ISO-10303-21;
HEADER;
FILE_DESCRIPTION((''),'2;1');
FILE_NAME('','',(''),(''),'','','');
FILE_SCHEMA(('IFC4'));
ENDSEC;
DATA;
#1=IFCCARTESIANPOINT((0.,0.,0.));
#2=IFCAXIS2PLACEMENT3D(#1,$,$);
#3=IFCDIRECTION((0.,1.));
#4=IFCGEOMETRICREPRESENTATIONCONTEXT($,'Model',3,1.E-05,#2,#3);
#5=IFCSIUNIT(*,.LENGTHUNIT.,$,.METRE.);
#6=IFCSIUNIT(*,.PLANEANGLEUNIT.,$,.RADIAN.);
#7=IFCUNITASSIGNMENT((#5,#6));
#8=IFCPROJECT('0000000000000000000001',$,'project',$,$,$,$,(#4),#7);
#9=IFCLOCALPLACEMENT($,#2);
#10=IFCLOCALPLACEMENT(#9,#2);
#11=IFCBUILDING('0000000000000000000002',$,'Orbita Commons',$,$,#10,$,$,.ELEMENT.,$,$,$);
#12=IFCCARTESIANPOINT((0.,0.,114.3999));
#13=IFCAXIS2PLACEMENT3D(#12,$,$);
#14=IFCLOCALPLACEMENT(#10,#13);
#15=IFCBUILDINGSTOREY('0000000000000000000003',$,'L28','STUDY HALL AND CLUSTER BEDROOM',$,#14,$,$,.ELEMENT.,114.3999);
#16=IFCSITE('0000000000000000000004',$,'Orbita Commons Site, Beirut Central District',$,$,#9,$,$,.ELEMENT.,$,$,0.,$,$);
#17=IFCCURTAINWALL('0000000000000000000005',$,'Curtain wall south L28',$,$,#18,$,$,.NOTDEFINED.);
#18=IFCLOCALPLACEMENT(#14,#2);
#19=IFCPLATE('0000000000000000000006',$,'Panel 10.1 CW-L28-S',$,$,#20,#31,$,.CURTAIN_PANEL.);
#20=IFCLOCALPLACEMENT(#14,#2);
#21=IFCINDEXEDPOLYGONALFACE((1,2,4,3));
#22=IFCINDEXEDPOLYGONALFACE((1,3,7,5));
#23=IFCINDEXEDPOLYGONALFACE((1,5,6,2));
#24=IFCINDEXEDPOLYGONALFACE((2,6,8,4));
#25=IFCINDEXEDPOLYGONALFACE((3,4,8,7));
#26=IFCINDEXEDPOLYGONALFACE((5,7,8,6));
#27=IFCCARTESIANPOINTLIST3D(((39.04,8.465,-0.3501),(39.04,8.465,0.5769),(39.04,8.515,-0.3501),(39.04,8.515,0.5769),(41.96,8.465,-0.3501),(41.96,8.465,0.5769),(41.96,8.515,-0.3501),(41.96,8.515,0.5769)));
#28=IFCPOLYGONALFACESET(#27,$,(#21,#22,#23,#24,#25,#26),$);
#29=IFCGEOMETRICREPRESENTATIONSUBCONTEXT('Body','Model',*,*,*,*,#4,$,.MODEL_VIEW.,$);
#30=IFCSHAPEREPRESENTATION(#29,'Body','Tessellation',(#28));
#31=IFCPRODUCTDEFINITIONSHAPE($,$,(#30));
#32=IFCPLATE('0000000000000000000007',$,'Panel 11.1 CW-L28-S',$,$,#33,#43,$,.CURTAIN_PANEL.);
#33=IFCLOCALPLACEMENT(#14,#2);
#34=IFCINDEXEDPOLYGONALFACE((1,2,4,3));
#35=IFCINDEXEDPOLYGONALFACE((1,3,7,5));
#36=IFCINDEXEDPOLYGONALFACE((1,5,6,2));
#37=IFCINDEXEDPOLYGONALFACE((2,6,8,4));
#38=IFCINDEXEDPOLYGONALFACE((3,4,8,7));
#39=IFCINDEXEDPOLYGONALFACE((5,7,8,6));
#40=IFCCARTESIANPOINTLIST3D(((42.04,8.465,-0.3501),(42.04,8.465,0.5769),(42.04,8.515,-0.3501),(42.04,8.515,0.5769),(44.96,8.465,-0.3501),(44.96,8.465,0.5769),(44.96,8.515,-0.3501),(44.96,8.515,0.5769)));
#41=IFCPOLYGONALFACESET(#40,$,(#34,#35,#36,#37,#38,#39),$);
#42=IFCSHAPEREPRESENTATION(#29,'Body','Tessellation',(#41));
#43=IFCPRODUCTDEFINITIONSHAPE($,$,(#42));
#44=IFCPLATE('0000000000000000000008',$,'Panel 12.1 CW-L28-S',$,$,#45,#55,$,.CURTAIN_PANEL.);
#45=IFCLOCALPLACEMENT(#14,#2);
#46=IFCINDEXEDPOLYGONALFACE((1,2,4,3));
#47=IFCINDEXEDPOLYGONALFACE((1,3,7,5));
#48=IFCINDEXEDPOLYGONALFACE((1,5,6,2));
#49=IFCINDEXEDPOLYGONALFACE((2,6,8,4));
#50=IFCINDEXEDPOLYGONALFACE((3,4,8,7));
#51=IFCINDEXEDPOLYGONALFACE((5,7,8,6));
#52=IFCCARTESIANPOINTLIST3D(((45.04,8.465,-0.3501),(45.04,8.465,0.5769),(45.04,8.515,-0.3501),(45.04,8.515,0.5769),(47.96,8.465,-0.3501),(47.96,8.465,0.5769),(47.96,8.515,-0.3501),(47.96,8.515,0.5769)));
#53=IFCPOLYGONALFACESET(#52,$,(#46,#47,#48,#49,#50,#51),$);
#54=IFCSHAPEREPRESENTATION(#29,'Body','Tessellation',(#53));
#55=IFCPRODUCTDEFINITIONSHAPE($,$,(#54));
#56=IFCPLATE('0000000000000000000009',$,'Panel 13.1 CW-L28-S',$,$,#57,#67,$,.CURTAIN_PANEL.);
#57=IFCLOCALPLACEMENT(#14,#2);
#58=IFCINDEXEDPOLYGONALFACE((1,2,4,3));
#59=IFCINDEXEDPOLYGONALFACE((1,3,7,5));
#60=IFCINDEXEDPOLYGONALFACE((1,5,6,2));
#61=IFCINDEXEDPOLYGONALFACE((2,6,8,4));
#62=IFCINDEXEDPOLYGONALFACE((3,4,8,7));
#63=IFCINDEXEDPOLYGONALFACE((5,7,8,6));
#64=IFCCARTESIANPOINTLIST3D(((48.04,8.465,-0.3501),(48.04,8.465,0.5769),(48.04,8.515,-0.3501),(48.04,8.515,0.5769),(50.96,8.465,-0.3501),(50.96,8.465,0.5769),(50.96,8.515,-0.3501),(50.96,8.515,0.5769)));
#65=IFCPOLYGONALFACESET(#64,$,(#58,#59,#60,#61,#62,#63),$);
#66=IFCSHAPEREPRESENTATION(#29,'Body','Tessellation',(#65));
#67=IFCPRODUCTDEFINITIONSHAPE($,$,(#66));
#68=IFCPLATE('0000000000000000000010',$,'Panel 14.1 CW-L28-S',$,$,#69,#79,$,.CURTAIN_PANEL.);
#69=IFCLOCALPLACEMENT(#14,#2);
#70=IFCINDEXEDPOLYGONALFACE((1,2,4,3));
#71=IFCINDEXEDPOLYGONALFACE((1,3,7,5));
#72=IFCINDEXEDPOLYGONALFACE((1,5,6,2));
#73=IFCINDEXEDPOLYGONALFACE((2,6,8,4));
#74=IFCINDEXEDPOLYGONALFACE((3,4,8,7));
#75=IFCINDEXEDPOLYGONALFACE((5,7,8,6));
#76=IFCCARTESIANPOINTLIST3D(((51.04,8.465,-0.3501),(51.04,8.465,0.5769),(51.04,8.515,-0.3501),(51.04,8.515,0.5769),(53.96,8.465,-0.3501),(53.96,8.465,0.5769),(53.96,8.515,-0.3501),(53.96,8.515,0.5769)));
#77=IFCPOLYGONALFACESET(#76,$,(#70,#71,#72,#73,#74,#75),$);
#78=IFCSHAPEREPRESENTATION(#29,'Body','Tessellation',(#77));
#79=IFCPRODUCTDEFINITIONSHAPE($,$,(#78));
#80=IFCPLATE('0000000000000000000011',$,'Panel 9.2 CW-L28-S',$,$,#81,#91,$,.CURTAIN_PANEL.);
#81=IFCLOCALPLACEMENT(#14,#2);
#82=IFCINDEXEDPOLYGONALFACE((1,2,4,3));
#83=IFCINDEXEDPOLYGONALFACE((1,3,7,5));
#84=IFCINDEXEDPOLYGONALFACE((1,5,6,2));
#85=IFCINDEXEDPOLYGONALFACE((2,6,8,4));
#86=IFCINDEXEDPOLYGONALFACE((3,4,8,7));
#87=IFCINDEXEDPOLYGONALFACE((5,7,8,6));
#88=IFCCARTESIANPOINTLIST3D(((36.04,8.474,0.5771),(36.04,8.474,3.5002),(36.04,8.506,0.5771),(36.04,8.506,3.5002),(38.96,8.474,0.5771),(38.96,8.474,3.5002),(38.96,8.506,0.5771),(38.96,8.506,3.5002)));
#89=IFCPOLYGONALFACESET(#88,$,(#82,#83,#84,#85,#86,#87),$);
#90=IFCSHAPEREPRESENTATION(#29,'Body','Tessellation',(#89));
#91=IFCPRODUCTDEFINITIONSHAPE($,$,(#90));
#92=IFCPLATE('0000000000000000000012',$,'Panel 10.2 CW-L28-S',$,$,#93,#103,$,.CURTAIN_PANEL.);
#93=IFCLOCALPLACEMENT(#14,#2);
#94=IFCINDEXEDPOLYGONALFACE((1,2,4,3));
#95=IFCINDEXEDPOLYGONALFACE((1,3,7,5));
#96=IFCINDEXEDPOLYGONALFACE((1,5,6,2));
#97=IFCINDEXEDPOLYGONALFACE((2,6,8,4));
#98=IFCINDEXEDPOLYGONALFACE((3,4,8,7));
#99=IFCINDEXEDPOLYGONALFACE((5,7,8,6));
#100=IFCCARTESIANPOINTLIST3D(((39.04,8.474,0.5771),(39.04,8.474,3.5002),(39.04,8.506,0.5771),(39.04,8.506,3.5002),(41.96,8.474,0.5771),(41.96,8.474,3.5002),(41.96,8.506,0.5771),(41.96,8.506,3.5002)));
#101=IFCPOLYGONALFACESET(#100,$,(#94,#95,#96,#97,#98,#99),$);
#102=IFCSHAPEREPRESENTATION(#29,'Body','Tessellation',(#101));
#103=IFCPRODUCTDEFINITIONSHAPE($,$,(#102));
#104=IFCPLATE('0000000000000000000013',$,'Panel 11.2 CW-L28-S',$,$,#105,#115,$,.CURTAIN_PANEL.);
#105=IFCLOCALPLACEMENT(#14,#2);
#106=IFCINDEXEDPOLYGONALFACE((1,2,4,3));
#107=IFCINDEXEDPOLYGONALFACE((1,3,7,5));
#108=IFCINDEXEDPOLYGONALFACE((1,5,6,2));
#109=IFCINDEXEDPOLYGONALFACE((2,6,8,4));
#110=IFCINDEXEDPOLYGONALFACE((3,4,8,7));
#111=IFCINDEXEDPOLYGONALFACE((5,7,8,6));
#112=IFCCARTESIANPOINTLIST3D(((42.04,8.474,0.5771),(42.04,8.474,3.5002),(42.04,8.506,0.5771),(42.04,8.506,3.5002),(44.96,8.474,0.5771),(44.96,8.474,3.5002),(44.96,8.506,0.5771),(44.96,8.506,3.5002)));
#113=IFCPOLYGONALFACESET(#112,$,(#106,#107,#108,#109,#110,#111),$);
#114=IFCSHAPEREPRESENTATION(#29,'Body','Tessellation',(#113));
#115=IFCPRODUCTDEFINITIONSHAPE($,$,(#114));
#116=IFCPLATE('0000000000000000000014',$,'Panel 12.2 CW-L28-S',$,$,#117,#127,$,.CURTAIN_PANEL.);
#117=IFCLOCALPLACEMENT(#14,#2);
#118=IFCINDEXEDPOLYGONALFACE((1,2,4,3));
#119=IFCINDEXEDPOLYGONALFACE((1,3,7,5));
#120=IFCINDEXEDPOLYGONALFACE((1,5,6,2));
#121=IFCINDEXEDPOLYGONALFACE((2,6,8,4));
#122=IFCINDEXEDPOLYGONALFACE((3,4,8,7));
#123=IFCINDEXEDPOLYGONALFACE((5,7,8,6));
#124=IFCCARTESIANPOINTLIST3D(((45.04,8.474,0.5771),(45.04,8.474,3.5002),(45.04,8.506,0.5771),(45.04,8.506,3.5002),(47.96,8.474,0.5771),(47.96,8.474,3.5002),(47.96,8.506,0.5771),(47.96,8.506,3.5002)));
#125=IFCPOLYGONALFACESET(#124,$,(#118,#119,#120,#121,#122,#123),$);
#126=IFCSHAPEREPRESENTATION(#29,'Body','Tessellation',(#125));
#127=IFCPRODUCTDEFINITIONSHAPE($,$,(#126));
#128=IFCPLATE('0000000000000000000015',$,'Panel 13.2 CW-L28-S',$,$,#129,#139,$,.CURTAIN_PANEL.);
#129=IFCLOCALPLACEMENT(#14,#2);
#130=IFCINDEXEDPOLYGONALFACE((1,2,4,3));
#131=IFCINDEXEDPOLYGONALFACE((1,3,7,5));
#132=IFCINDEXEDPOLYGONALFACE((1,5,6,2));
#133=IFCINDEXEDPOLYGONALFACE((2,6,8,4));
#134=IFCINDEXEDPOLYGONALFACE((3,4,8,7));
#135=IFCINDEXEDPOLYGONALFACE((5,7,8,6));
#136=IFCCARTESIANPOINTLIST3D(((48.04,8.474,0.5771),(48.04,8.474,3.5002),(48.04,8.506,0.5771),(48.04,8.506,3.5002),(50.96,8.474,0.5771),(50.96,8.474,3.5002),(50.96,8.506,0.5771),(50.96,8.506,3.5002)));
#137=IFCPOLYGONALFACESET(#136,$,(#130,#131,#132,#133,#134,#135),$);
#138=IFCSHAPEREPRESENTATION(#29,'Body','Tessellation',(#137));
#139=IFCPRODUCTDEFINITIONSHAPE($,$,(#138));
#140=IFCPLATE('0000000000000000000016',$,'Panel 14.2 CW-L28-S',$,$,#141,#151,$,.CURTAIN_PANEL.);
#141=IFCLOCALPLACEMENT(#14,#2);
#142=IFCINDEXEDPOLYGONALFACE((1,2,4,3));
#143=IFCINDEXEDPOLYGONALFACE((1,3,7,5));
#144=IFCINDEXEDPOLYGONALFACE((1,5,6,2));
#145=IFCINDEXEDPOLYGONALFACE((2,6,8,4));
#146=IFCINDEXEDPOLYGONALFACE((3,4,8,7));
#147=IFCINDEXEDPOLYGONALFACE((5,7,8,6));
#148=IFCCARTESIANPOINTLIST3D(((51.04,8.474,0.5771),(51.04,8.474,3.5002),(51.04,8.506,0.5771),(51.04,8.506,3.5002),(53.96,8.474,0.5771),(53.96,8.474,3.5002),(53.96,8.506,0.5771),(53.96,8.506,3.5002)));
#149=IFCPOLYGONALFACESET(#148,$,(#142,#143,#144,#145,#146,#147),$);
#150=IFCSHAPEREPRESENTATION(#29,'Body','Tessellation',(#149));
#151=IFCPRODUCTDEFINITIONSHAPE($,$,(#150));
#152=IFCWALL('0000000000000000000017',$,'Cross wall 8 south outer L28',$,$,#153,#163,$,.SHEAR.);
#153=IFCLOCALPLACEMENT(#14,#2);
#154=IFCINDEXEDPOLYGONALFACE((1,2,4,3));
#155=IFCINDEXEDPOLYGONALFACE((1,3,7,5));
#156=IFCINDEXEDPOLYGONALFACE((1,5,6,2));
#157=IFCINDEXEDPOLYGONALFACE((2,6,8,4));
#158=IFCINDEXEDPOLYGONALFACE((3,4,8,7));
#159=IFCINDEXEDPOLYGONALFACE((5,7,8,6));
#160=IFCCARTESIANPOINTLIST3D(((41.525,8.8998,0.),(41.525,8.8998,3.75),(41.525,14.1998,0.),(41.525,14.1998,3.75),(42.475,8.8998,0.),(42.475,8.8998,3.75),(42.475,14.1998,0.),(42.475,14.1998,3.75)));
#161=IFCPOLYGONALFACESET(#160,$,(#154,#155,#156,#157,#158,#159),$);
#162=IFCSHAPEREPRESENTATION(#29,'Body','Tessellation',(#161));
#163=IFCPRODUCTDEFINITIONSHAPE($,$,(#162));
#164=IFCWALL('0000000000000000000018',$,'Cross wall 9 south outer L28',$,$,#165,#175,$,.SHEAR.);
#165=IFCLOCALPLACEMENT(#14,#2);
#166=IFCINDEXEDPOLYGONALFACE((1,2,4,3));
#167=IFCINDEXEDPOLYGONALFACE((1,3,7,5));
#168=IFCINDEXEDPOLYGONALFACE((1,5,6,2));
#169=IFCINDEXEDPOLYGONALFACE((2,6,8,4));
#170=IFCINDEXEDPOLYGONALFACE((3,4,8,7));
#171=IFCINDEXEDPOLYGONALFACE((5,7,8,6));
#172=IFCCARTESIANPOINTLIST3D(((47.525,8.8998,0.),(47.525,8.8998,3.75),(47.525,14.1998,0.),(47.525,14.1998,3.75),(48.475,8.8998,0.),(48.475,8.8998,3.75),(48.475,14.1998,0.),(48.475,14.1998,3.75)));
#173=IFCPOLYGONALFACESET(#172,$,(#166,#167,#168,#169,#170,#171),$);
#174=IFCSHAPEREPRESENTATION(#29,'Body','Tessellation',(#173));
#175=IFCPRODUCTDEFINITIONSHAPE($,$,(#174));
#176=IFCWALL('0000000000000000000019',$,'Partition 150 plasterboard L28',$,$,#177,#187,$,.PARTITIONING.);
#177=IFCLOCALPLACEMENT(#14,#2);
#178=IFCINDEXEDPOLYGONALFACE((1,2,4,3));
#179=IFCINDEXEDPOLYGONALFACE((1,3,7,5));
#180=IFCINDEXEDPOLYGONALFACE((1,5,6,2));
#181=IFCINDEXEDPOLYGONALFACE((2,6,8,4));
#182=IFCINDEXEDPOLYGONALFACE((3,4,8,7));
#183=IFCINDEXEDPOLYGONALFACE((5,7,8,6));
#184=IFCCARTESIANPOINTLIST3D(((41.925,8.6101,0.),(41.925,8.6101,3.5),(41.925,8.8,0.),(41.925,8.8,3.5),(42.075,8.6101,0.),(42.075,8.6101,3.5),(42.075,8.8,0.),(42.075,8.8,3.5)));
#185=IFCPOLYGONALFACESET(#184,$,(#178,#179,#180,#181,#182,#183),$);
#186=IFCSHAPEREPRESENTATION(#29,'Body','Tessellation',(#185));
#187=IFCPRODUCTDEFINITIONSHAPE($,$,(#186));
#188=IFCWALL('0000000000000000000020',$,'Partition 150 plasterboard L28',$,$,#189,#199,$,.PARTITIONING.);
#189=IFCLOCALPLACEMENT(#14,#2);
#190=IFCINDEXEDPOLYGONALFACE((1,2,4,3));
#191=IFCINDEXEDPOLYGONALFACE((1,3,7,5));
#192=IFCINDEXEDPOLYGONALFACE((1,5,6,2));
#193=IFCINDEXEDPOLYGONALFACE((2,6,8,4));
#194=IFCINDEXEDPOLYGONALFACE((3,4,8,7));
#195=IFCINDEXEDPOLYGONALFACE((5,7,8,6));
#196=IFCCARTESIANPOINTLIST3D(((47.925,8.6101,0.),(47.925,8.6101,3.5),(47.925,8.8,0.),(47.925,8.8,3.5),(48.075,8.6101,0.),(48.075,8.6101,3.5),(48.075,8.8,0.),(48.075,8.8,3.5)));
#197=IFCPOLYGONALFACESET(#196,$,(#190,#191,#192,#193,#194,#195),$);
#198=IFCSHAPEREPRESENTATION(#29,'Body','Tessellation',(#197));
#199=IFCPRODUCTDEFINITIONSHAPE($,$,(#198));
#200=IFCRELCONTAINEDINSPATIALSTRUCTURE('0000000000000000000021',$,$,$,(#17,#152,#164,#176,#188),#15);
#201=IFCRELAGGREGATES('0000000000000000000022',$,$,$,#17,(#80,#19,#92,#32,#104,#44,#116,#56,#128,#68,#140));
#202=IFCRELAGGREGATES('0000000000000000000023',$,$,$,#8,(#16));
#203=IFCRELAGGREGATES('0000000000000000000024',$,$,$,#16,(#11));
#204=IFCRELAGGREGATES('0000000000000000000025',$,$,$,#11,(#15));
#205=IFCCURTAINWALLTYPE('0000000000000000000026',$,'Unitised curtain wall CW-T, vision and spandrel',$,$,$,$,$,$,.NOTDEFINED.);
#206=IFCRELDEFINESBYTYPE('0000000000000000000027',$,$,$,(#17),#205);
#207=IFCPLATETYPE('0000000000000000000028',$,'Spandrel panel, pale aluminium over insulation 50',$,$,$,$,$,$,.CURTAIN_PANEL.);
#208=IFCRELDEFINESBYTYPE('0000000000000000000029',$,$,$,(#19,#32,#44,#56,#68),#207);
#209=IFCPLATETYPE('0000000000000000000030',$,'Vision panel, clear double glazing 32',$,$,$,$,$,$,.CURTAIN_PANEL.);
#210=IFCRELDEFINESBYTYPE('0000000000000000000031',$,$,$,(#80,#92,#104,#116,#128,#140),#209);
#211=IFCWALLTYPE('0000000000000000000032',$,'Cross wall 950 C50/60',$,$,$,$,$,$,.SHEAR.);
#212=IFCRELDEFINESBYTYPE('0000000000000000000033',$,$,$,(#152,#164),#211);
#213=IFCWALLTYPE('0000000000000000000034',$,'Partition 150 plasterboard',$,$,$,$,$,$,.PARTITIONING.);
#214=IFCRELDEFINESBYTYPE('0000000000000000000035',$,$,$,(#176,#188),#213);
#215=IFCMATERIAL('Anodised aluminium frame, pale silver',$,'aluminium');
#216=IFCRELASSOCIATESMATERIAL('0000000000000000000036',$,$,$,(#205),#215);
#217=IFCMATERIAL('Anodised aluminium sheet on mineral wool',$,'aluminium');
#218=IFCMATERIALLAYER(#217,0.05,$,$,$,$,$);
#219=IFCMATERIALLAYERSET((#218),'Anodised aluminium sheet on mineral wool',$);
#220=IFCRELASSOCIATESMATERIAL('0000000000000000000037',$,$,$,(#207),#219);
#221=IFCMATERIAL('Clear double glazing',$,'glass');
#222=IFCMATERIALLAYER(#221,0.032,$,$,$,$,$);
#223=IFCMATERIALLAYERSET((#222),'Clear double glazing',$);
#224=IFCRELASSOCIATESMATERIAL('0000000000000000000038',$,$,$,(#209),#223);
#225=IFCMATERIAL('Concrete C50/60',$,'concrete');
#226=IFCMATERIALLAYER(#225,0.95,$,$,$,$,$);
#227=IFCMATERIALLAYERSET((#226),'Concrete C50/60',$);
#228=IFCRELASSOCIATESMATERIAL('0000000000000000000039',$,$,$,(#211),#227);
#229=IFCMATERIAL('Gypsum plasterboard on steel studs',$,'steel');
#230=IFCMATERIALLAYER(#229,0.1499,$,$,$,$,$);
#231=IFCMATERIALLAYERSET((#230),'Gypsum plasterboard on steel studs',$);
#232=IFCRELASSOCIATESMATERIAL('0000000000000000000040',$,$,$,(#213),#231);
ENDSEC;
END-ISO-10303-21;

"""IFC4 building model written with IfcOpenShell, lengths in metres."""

from ifc_helpers import new_model, si_unit, direction, frame, frame_2d, origin, origin_2d, place, context, subcontext, project, spatial, rectangle, extrude, material, layer, layer_set, type_object, element, aggregate, save


model = new_model("IFC4")

# Units and contexts
model_context = context("Model", 3, precision=1e-05, world=origin(), true_north=direction((0.0, 1.0)))
body_context = subcontext(model_context, "Body", "Model", "MODEL_VIEW")
ifc_project = project(units=[si_unit("LENGTHUNIT", "METRE"), si_unit("PLANEANGLEUNIT", "RADIAN")], contexts=[model_context])

# Site, building, storey
site_placement = place(None, origin())
site = spatial("IfcSite", under=ifc_project, at=site_placement, Name="Orbita Commons Site, Beirut Central District", CompositionType="ELEMENT", RefElevation=0.0)
building_placement = place(site_placement, origin())
building = spatial("IfcBuilding", under=site, at=building_placement, Name="Orbita Commons", CompositionType="ELEMENT")
storey_placement = place(building_placement, frame((0.0, 0.0, 114.3999)))
storey = spatial("IfcBuildingStorey", under=building, at=storey_placement, Name="L28", Description="STUDY HALL AND CLUSTER BEDROOM", CompositionType="ELEMENT", Elevation=114.3999)

# Curtain wall, plates
ifc_material_1 = material(Name="Anodised aluminium frame, pale silver", Category="aluminium")
curtain_wall_type = type_object("IfcCurtainWallType", Name="Unitised curtain wall CW-T, vision and spandrel", PredefinedType="NOTDEFINED", material=ifc_material_1)
curtain_wall_placement = place(storey_placement, origin())
curtain_wall = element("IfcCurtainWall", 1, at=curtain_wall_placement, inside=storey, type_object=curtain_wall_type, Name="Curtain wall south L28", PredefinedType="NOTDEFINED")
ifc_material_2 = material(Name="Anodised aluminium sheet on mineral wool", Category="aluminium")
ifc_layer_1 = layer(ifc_material_2, 0.05)
ifc_layer_set_1 = layer_set([ifc_layer_1], Name="Anodised aluminium sheet on mineral wool")
plate_type_1 = type_object("IfcPlateType", Name="Spandrel panel, pale aluminium over insulation 50", PredefinedType="CURTAIN_PANEL", material=ifc_layer_set_1)
plate_1_placement = place(storey_placement, frame((40.5, 8.49, -0.3501), z_axis=(0.0, 0.0, 1.0), x_axis=(1.0, 0.0, 0.0)))
plate_1 = element("IfcPlate", 2, at=plate_1_placement, type_object=plate_type_1, Name="Panel 10.1 CW-L28-S", PredefinedType="CURTAIN_PANEL", context=body_context, shape_type="SweptSolid", body=[
    extrude(rectangle(XDim=2.9199, YDim=0.05, at=origin_2d()), origin(), (0.0, 0.0, 1.0), 0.927),
])
plate_2_placement = place(storey_placement, frame((43.5, 8.49, -0.3501), z_axis=(0.0, 0.0, 1.0), x_axis=(1.0, 0.0, 0.0)))
plate_2 = element("IfcPlate", 3, at=plate_2_placement, type_object=plate_type_1, Name="Panel 11.1 CW-L28-S", PredefinedType="CURTAIN_PANEL", context=body_context, shape_type="SweptSolid", body=[
    extrude(rectangle(XDim=2.9199, YDim=0.05, at=origin_2d()), origin(), (0.0, 0.0, 1.0), 0.927),
])
plate_3_placement = place(storey_placement, frame((46.5, 8.49, -0.3501), z_axis=(0.0, 0.0, 1.0), x_axis=(1.0, 0.0, 0.0)))
plate_3 = element("IfcPlate", 4, at=plate_3_placement, type_object=plate_type_1, Name="Panel 12.1 CW-L28-S", PredefinedType="CURTAIN_PANEL", context=body_context, shape_type="SweptSolid", body=[
    extrude(rectangle(XDim=2.9199, YDim=0.05, at=origin_2d()), origin(), (0.0, 0.0, 1.0), 0.927),
])
plate_4_placement = place(storey_placement, frame((49.5, 8.49, -0.3501), z_axis=(0.0, 0.0, 1.0), x_axis=(1.0, 0.0, 0.0)))
plate_4 = element("IfcPlate", 5, at=plate_4_placement, type_object=plate_type_1, Name="Panel 13.1 CW-L28-S", PredefinedType="CURTAIN_PANEL", context=body_context, shape_type="SweptSolid", body=[
    extrude(rectangle(XDim=2.9199, YDim=0.05, at=origin_2d()), origin(), (0.0, 0.0, 1.0), 0.927),
])
plate_5_placement = place(storey_placement, frame((52.5, 8.49, -0.3501), z_axis=(0.0, 0.0, 1.0), x_axis=(1.0, 0.0, 0.0)))
plate_5 = element("IfcPlate", 6, at=plate_5_placement, type_object=plate_type_1, Name="Panel 14.1 CW-L28-S", PredefinedType="CURTAIN_PANEL", context=body_context, shape_type="SweptSolid", body=[
    extrude(rectangle(XDim=2.9199, YDim=0.05, at=origin_2d()), origin(), (0.0, 0.0, 1.0), 0.927),
])
ifc_material_3 = material(Name="Clear double glazing", Category="glass")
ifc_layer_2 = layer(ifc_material_3, 0.032)
ifc_layer_set_2 = layer_set([ifc_layer_2], Name="Clear double glazing")
plate_type_2 = type_object("IfcPlateType", Name="Vision panel, clear double glazing 32", PredefinedType="CURTAIN_PANEL", material=ifc_layer_set_2)
plate_6_placement = place(storey_placement, frame((37.5, 8.49, 0.5771), z_axis=(0.0, 0.0, 1.0), x_axis=(1.0, 0.0, 0.0)))
plate_6 = element("IfcPlate", 7, at=plate_6_placement, type_object=plate_type_2, Name="Panel 9.2 CW-L28-S", PredefinedType="CURTAIN_PANEL", context=body_context, shape_type="SweptSolid", body=[
    extrude(rectangle(XDim=2.9199, YDim=0.032, at=origin_2d()), origin(), (0.0, 0.0, 1.0), 2.9231),
])
plate_7_placement = place(storey_placement, frame((40.5, 8.49, 0.5771), z_axis=(0.0, 0.0, 1.0), x_axis=(1.0, 0.0, 0.0)))
plate_7 = element("IfcPlate", 8, at=plate_7_placement, type_object=plate_type_2, Name="Panel 10.2 CW-L28-S", PredefinedType="CURTAIN_PANEL", context=body_context, shape_type="SweptSolid", body=[
    extrude(rectangle(XDim=2.9199, YDim=0.032, at=origin_2d()), origin(), (0.0, 0.0, 1.0), 2.9231),
])
plate_8_placement = place(storey_placement, frame((43.5, 8.49, 0.5771), z_axis=(0.0, 0.0, 1.0), x_axis=(1.0, 0.0, 0.0)))
plate_8 = element("IfcPlate", 9, at=plate_8_placement, type_object=plate_type_2, Name="Panel 11.2 CW-L28-S", PredefinedType="CURTAIN_PANEL", context=body_context, shape_type="SweptSolid", body=[
    extrude(rectangle(XDim=2.9199, YDim=0.032, at=origin_2d()), origin(), (0.0, 0.0, 1.0), 2.9231),
])
plate_9_placement = place(storey_placement, frame((46.5, 8.49, 0.5771), z_axis=(0.0, 0.0, 1.0), x_axis=(1.0, 0.0, 0.0)))
plate_9 = element("IfcPlate", 10, at=plate_9_placement, type_object=plate_type_2, Name="Panel 12.2 CW-L28-S", PredefinedType="CURTAIN_PANEL", context=body_context, shape_type="SweptSolid", body=[
    extrude(rectangle(XDim=2.9199, YDim=0.032, at=origin_2d()), origin(), (0.0, 0.0, 1.0), 2.9231),
])
plate_10_placement = place(storey_placement, frame((49.5, 8.49, 0.5771), z_axis=(0.0, 0.0, 1.0), x_axis=(1.0, 0.0, 0.0)))
plate_10 = element("IfcPlate", 11, at=plate_10_placement, type_object=plate_type_2, Name="Panel 13.2 CW-L28-S", PredefinedType="CURTAIN_PANEL", context=body_context, shape_type="SweptSolid", body=[
    extrude(rectangle(XDim=2.9199, YDim=0.032, at=origin_2d()), origin(), (0.0, 0.0, 1.0), 2.9231),
])
plate_11_placement = place(storey_placement, frame((52.5, 8.49, 0.5771), z_axis=(0.0, 0.0, 1.0), x_axis=(1.0, 0.0, 0.0)))
plate_11 = element("IfcPlate", 12, at=plate_11_placement, type_object=plate_type_2, Name="Panel 14.2 CW-L28-S", PredefinedType="CURTAIN_PANEL", context=body_context, shape_type="SweptSolid", body=[
    extrude(rectangle(XDim=2.9199, YDim=0.032, at=origin_2d()), origin(), (0.0, 0.0, 1.0), 2.9231),
])
aggregate(curtain_wall, [plate_6, plate_1, plate_7, plate_2, plate_8, plate_3, plate_9, plate_4, plate_10, plate_5, plate_11])

# Walls
ifc_material_4 = material(Name="Concrete C50/60", Category="concrete")
ifc_layer_3 = layer(ifc_material_4, 0.95)
ifc_layer_set_3 = layer_set([ifc_layer_3], Name="Concrete C50/60")
wall_type_1 = type_object("IfcWallType", Name="Cross wall 950 C50/60", PredefinedType="SHEAR", material=ifc_layer_set_3)
for number, where, z_axis, x_axis, name in (
    (13, (42.0, 8.8999, 0.0), (0.0, 0.0, 1.0), (0.0, 1.0, 0.0), "Cross wall 8 south outer L28"),
    (14, (48.0, 8.8999, 0.0), (0.0, 0.0, 1.0), (0.0, 1.0, 0.0), "Cross wall 9 south outer L28"),
):
    element("IfcWall", number, at=place(storey_placement, frame(where, z_axis=z_axis, x_axis=x_axis)), inside=storey, type_object=wall_type_1, Name=name, PredefinedType="SHEAR", context=body_context, shape_type="SweptSolid", body=[
        extrude(rectangle(XDim=5.3, YDim=0.95, at=frame_2d((2.6499, 0.0))), origin(), (0.0, 0.0, 1.0), 3.75),
    ])
ifc_material_5 = material(Name="Gypsum plasterboard on steel studs", Category="steel")
ifc_layer_4 = layer(ifc_material_5, 0.1499)
ifc_layer_set_4 = layer_set([ifc_layer_4], Name="Gypsum plasterboard on steel studs")
wall_type_2 = type_object("IfcWallType", Name="Partition 150 plasterboard", PredefinedType="PARTITIONING", material=ifc_layer_set_4)
for number, where, z_axis, x_axis, name in (
    (15, (42.0, 8.8, 0.0), (0.0, 0.0, 1.0), (0.0, -1.0, 0.0), "Partition 150 plasterboard L28"),
    (16, (48.0, 8.8, 0.0), (0.0, 0.0, 1.0), (0.0, -1.0, 0.0), "Partition 150 plasterboard L28"),
):
    element("IfcWall", number, at=place(storey_placement, frame(where, z_axis=z_axis, x_axis=x_axis)), inside=storey, type_object=wall_type_2, Name=name, PredefinedType="PARTITIONING", context=body_context, shape_type="SweptSolid", body=[
        extrude(rectangle(XDim=0.1899, YDim=0.1499, at=frame_2d((0.095, 0.0))), origin(), (0.0, 0.0, 1.0), 3.5),
    ])

save(model, "model.ifc")
